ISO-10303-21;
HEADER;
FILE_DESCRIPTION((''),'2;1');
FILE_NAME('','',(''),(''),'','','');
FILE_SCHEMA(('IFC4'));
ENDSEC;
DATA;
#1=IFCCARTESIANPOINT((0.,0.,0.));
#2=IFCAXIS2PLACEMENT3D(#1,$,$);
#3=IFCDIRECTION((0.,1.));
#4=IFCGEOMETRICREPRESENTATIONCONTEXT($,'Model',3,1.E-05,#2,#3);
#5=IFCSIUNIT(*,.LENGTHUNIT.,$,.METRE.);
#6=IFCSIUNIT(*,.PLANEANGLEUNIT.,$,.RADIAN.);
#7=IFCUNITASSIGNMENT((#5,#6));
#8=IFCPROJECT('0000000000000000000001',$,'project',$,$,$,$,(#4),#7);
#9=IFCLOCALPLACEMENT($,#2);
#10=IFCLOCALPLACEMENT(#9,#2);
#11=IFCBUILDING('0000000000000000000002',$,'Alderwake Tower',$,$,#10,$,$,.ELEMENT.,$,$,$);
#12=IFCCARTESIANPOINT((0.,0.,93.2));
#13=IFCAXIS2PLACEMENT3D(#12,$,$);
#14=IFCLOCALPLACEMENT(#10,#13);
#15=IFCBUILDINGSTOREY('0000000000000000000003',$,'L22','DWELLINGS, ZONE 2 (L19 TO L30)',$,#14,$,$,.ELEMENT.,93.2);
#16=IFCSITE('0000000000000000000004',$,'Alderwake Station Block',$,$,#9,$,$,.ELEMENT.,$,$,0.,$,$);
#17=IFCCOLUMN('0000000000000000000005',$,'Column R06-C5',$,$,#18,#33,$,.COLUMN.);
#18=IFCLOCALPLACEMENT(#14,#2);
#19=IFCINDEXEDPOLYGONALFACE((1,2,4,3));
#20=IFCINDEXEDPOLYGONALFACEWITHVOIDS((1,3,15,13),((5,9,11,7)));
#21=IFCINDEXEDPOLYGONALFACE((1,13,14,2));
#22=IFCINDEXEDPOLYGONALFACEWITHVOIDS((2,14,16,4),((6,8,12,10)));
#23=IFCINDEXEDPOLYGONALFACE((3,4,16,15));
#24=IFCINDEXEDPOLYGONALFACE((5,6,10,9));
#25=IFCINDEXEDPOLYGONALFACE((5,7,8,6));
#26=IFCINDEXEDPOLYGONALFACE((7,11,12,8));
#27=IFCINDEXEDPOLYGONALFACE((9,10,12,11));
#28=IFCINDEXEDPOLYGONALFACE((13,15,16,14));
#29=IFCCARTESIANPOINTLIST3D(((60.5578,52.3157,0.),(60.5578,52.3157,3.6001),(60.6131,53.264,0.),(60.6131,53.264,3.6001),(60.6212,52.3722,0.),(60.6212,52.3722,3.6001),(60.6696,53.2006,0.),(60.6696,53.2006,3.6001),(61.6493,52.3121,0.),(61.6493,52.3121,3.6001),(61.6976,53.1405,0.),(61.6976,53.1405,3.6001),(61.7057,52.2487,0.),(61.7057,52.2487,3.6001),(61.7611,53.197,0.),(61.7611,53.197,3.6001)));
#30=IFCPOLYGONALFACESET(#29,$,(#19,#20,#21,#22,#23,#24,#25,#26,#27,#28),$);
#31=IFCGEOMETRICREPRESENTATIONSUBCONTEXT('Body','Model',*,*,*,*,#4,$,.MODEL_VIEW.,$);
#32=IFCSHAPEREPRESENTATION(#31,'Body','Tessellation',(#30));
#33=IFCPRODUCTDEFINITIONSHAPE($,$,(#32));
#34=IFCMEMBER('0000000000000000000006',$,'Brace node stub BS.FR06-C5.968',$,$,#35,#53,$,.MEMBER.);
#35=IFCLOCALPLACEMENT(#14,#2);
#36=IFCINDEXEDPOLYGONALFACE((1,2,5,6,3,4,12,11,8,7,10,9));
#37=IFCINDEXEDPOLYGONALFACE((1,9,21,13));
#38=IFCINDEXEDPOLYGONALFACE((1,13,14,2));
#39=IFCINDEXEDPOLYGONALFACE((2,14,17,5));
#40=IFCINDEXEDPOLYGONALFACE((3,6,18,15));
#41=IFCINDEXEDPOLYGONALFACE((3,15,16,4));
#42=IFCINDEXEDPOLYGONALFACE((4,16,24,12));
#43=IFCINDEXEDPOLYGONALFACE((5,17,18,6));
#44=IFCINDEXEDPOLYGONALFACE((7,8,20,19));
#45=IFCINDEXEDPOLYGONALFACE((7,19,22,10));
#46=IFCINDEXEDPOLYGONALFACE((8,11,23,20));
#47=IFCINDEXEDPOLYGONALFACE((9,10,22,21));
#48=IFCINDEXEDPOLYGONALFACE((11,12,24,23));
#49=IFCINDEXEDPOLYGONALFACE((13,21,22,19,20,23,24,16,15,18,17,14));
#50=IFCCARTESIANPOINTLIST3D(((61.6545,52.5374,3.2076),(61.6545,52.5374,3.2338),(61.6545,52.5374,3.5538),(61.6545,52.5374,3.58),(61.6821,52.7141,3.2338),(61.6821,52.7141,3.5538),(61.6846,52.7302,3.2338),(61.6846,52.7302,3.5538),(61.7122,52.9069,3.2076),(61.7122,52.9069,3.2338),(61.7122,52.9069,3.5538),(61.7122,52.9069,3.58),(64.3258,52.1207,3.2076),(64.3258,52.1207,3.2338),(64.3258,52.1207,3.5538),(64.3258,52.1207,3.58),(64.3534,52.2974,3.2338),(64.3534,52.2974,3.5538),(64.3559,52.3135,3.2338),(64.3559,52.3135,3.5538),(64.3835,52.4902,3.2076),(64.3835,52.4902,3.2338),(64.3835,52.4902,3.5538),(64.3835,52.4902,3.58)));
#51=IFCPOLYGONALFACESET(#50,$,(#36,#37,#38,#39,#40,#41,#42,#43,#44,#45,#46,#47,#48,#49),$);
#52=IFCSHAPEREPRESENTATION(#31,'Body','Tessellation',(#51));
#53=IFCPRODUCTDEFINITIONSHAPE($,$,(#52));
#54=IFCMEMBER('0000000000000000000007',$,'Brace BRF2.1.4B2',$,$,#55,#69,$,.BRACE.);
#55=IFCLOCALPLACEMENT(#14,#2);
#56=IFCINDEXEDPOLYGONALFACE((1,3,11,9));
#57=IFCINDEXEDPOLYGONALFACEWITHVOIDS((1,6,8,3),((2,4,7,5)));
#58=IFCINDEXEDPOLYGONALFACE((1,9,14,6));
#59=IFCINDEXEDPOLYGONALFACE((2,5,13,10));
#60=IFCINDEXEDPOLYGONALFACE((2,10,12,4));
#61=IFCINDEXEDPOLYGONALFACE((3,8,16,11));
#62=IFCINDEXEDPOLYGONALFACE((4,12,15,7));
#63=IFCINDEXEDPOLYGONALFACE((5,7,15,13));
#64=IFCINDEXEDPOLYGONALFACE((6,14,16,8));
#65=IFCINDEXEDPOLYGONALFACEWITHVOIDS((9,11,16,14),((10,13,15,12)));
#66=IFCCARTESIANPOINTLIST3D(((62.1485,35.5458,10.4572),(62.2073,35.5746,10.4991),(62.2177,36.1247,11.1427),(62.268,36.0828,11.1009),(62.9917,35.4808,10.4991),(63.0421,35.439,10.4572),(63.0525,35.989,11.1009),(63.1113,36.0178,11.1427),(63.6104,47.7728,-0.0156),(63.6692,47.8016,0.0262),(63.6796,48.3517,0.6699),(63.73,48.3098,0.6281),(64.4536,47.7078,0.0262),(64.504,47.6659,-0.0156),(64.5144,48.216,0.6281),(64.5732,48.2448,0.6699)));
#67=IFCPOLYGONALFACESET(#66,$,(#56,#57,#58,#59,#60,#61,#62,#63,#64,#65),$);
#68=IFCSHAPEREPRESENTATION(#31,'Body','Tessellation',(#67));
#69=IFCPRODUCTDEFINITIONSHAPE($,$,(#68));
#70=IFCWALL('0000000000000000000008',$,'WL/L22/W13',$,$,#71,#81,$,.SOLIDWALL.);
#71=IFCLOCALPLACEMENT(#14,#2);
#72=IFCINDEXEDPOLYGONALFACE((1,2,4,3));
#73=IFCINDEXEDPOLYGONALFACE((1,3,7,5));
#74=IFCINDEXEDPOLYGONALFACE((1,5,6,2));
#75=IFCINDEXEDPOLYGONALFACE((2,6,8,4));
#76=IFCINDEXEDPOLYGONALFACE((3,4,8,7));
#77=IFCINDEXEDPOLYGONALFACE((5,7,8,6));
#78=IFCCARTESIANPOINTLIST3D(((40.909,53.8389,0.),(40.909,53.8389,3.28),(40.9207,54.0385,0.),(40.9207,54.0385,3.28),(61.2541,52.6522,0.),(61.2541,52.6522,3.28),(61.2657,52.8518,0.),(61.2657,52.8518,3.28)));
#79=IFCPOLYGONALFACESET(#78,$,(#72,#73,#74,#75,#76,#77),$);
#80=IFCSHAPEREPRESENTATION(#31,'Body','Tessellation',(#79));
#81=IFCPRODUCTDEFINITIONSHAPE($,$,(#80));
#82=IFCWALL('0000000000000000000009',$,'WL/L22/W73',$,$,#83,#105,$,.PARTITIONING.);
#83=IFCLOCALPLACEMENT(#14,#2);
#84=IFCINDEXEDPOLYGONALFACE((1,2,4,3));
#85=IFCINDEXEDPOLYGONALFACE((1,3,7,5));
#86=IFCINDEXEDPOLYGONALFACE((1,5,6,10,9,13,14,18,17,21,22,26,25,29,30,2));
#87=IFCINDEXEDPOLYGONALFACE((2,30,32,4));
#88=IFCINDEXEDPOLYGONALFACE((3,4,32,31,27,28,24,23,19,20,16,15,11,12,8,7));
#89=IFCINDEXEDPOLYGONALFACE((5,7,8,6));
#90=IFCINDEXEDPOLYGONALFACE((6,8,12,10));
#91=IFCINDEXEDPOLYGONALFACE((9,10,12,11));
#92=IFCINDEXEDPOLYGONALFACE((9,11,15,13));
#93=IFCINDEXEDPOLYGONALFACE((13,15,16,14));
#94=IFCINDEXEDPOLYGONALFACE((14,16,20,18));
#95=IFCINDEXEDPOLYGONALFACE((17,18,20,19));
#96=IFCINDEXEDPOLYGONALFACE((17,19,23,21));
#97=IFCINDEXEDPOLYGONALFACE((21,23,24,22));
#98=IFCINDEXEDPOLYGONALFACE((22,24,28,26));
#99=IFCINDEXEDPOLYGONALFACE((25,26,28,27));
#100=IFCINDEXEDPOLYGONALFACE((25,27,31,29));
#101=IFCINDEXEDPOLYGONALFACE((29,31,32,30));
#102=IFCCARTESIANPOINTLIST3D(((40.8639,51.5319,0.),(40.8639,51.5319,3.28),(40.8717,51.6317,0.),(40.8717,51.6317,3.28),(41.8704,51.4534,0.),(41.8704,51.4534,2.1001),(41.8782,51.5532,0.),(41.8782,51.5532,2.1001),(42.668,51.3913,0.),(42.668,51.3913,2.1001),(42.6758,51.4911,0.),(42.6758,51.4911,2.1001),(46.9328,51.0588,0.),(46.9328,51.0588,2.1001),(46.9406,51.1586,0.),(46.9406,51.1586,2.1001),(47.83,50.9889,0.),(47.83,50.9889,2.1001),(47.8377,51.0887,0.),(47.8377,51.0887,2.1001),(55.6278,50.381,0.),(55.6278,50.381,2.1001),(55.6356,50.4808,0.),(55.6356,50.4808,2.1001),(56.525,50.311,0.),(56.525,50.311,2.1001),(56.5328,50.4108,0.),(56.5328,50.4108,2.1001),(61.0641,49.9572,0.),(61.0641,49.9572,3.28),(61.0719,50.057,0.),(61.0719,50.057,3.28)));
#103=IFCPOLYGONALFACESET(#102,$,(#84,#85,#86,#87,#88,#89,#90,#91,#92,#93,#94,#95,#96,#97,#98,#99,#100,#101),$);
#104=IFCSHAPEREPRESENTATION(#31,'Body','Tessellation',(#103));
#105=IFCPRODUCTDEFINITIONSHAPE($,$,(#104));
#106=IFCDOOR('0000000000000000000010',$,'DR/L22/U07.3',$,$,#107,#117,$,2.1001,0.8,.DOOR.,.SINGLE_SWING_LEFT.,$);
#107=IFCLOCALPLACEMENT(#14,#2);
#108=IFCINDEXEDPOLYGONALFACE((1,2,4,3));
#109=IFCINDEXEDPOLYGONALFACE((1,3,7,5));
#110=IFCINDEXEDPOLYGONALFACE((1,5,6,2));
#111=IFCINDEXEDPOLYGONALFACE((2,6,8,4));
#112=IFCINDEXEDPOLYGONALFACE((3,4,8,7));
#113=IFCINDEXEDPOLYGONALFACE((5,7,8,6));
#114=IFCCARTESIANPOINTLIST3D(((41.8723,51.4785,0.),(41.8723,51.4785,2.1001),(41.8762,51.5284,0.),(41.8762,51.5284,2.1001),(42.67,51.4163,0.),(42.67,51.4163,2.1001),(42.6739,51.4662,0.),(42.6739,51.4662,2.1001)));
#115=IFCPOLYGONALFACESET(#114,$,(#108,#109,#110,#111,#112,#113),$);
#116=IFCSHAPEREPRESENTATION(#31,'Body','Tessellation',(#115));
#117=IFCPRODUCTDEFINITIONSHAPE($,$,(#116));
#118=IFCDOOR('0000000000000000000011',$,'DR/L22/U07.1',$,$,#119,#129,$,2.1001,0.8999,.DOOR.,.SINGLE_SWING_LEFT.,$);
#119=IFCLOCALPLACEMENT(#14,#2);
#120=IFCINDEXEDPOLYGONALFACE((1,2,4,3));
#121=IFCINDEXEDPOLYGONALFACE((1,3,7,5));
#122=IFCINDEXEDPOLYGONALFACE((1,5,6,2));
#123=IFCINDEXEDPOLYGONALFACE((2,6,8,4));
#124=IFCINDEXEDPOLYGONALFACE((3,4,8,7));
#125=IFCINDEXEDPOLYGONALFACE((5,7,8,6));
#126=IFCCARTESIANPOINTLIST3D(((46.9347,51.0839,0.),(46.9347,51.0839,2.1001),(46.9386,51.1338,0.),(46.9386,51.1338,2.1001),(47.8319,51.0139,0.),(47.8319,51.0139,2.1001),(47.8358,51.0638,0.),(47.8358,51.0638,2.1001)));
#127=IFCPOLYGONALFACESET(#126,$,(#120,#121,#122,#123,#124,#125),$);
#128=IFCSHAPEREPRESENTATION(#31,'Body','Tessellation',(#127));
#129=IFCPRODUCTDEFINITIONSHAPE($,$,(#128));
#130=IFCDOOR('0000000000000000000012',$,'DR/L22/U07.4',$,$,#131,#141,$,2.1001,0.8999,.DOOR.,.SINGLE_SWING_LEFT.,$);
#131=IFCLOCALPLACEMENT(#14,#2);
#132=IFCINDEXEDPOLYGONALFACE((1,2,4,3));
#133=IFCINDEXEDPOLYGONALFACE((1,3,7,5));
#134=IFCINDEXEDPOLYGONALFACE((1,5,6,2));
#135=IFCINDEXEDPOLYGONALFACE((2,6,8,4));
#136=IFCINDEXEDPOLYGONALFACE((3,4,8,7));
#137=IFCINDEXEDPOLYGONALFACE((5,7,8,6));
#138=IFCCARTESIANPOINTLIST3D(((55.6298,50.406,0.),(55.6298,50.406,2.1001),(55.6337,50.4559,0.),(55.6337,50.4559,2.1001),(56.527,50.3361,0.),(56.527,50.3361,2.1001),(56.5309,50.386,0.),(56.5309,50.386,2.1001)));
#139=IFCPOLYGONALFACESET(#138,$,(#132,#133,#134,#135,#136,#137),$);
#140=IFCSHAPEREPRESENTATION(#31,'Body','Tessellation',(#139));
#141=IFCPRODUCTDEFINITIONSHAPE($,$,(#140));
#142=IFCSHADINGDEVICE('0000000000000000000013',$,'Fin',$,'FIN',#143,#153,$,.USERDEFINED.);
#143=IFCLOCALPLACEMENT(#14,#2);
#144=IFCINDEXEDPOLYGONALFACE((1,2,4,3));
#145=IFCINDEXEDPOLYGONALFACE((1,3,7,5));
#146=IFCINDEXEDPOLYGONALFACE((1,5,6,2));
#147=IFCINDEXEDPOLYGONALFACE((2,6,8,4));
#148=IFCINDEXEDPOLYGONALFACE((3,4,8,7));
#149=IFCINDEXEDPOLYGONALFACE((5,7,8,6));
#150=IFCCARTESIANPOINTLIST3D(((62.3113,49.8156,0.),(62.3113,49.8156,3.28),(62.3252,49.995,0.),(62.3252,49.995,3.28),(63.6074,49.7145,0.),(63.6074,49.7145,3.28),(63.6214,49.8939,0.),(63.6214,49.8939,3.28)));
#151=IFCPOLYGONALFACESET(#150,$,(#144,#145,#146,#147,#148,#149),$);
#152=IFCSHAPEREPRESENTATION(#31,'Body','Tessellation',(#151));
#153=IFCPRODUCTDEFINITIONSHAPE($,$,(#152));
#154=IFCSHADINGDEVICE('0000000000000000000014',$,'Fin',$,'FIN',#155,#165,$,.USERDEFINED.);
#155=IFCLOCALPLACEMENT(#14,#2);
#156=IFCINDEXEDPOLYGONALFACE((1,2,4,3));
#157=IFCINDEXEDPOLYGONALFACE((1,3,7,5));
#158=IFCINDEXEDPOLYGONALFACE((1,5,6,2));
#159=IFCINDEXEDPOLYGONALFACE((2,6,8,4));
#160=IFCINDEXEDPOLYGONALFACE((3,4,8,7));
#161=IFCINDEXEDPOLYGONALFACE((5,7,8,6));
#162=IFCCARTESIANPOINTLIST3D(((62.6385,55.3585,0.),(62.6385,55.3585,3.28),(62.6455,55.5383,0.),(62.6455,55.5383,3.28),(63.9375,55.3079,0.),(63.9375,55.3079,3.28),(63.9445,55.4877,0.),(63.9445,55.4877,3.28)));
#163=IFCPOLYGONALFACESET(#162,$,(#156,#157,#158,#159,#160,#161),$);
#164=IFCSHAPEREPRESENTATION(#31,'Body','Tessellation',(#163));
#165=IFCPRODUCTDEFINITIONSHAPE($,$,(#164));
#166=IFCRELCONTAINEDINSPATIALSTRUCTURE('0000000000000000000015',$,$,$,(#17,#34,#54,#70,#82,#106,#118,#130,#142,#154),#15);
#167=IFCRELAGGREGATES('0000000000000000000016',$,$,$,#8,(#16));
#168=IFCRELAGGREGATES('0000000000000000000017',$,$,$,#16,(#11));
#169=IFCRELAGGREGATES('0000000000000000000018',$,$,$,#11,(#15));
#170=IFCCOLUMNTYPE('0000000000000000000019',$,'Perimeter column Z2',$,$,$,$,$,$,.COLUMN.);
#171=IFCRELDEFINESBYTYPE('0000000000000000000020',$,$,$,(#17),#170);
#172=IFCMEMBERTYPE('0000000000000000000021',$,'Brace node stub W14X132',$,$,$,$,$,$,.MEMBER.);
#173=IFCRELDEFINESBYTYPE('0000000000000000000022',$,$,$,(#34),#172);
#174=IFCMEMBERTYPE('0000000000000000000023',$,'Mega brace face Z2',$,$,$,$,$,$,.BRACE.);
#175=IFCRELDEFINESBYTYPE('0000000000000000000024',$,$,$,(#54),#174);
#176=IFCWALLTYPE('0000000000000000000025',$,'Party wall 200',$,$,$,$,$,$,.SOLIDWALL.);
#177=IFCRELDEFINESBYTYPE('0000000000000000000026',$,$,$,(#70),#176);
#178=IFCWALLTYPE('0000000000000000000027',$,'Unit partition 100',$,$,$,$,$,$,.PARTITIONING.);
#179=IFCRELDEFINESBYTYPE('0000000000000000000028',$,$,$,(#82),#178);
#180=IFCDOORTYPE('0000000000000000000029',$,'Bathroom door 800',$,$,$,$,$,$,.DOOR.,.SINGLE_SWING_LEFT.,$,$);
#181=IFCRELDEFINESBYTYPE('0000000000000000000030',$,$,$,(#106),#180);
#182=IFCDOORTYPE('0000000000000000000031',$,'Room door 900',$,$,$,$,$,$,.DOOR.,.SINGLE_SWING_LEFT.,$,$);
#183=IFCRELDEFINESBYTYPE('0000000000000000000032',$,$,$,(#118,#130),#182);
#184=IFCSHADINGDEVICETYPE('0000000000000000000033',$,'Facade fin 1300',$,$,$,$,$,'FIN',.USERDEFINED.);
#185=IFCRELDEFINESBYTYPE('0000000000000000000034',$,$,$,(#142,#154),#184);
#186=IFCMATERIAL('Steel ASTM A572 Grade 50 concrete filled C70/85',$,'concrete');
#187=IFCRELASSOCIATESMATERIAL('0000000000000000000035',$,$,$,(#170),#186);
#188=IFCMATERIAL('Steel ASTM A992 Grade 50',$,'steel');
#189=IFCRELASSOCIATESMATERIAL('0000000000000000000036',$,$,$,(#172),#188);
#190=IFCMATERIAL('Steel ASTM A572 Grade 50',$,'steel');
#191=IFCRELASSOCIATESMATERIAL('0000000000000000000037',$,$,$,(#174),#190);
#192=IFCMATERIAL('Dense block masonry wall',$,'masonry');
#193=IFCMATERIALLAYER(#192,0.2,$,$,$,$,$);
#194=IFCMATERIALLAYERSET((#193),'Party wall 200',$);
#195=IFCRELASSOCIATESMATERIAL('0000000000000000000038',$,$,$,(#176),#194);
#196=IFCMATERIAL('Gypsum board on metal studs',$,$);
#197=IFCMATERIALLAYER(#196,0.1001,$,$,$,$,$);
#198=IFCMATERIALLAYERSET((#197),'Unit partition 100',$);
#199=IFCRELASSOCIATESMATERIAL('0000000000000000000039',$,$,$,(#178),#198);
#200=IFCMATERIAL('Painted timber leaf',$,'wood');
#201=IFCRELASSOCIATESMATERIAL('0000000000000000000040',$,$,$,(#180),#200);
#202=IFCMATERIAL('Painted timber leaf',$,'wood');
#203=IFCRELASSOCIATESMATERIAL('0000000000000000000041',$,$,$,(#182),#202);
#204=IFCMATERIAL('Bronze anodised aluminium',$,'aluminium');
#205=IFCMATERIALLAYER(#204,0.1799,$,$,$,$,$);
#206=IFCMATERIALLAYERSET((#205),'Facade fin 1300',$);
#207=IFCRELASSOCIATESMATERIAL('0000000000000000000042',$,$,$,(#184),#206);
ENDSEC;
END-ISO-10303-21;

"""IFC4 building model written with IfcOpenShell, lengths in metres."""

from ifc_helpers import new_model, si_unit, direction, frame, frame_2d, origin, origin_2d, place, context, subcontext, project, spatial, rectangle, hollow_rectangle, i_section, extrude, material, layer, layer_set, material_profile, profile_set, type_object, element, fill, save


model = new_model("IFC4")

# Units and contexts
model_context = context("Model", 3, precision=1e-05, world=origin(), true_north=direction((0.0, 1.0)))
body_context = subcontext(model_context, "Body", "Model", "MODEL_VIEW")
ifc_project = project(units=[si_unit("LENGTHUNIT", "METRE"), si_unit("PLANEANGLEUNIT", "RADIAN")], contexts=[model_context])

# Site, building, storey
site_placement = place(None, origin())
site = spatial("IfcSite", under=ifc_project, at=site_placement, Name="Alderwake Station Block", CompositionType="ELEMENT", RefElevation=0.0)
building_placement = place(site_placement, origin())
building = spatial("IfcBuilding", under=site, at=building_placement, Name="Alderwake Tower", CompositionType="ELEMENT")
storey_placement = place(building_placement, frame((0.0, 0.0, 93.2)))
storey = spatial("IfcBuildingStorey", under=building, at=storey_placement, Name="L22", Description="DWELLINGS, ZONE 2 (L19 TO L30)", CompositionType="ELEMENT", Elevation=93.2)

# Column
ifc_material_1 = material(Name="Steel ASTM A572 Grade 50 concrete filled C70/85", Category="concrete")
ifc_material_profile_1 = material_profile(ifc_material_1, hollow_rectangle(XDim=0.95, YDim=1.1499, WallThickness=0.0601, at=origin_2d()), Name="BOX 1150X950X60")
ifc_profile_set_1 = profile_set([ifc_material_profile_1], Name="Steel ASTM A572 Grade 50 concrete filled C70/85")
column_type = type_object("IfcColumnType", Name="Perimeter column Z2", PredefinedType="COLUMN", material=ifc_profile_set_1)
column_placement = place(storey_placement, frame((61.1594, 52.7563, 0.0), z_axis=(0.0, 0.0, 1.0), x_axis=(0.058301, 0.998299, 0.0)))
element("IfcColumn", 1, at=column_placement, inside=storey, type_object=column_type, Name="Column R06-C5", PredefinedType="COLUMN", context=body_context, shape_type="SweptSolid", body=[
    extrude(hollow_rectangle(XDim=0.95, YDim=1.1499, WallThickness=0.0601, at=origin_2d()), origin(), (0.0, 0.0, 1.0), 3.6001),
])

# Members
ifc_material_2 = material(Name="Steel ASTM A992 Grade 50", Category="steel")
ifc_material_profile_2 = material_profile(ifc_material_2, i_section(OverallWidth=0.374, OverallDepth=0.3723, WebThickness=0.0164, FlangeThickness=0.0261, at=origin_2d()), Name="W14X132")
ifc_profile_set_2 = profile_set([ifc_material_profile_2], Name="Steel ASTM A992 Grade 50")
member_type_1 = type_object("IfcMemberType", Name="Brace node stub W14X132", PredefinedType="MEMBER", material=ifc_profile_set_2)
member_1_placement = place(storey_placement, frame((61.6833, 52.7222, 3.3938), z_axis=(0.988049, -0.15414, 0.0), x_axis=(0.15414, 0.988049, 0.0)))
element("IfcMember", 2, at=member_1_placement, inside=storey, type_object=member_type_1, Name="Brace node stub BS.FR06-C5.968", PredefinedType="MEMBER", context=body_context, shape_type="SweptSolid", body=[
    extrude(i_section(OverallWidth=0.374, OverallDepth=0.3723, WebThickness=0.0164, FlangeThickness=0.0261, at=origin_2d()), origin(), (0.0, 0.0, 1.0), 2.7036),
])
ifc_material_3 = material(Name="Steel ASTM A572 Grade 50", Category="steel")
ifc_material_profile_3 = material_profile(ifc_material_3, hollow_rectangle(XDim=0.8999, YDim=0.8999, WallThickness=0.0549, at=origin_2d()), Name="BOX 900X900X55")
ifc_profile_set_3 = profile_set([ifc_material_profile_3], Name="Steel ASTM A572 Grade 50")
member_type_2 = type_object("IfcMemberType", Name="Mega brace face Z2", PredefinedType="BRACE", material=ifc_profile_set_3)
member_2_placement = place(storey_placement, frame((64.0918, 48.0088, 0.3271), z_axis=(-0.090435, -0.756372, 0.64786), x_axis=(0.992928, -0.118718, 0.0)))
element("IfcMember", 3, at=member_2_placement, inside=storey, type_object=member_type_2, Name="Brace BRF2.1.4B2", PredefinedType="BRACE", context=body_context, shape_type="SweptSolid", body=[
    extrude(hollow_rectangle(XDim=0.8999, YDim=0.8999, WallThickness=0.0549, at=origin_2d()), origin(), (0.0, 0.0, 1.0), 16.1653),
])

# Wall
ifc_material_4 = material(Name="Dense block masonry wall", Category="masonry")
ifc_layer_1 = layer(ifc_material_4, 0.2)
ifc_layer_set_1 = layer_set([ifc_layer_1], Name="Party wall 200")
wall_type_1 = type_object("IfcWallType", Name="Party wall 200", PredefinedType="SOLIDWALL", material=ifc_layer_set_1)
wall_1_placement = place(storey_placement, frame((61.26, 52.752, 0.0), z_axis=(0.0, 0.0, 1.0), x_axis=(-0.998303, 0.058233, 0.0)))
element("IfcWall", 4, at=wall_1_placement, inside=storey, type_object=wall_type_1, Name="WL/L22/W13", PredefinedType="SOLIDWALL", context=body_context, shape_type="SweptSolid", body=[
    extrude(rectangle(XDim=20.3796, YDim=0.2, at=frame_2d((10.1899, 0.0))), origin(), (0.0, 0.0, 1.0), 3.28),
])

# Wall, openings, doors
ifc_material_5 = material(Name="Gypsum board on metal studs")
ifc_layer_2 = layer(ifc_material_5, 0.1001)
ifc_layer_set_2 = layer_set([ifc_layer_2], Name="Unit partition 100")
wall_type_2 = type_object("IfcWallType", Name="Unit partition 100", PredefinedType="PARTITIONING", material=ifc_layer_set_2)
wall_2_placement = place(storey_placement, frame((61.0681, 50.0071, 0.0), z_axis=(0.0, 0.0, 1.0), x_axis=(-0.996975, 0.077719, 0.0)))
wall_2 = element("IfcWall", 5, at=wall_2_placement, inside=storey, type_object=wall_type_2, Name="WL/L22/W73", PredefinedType="PARTITIONING", context=body_context, shape_type="SweptSolid", body=[
    extrude(rectangle(XDim=20.2615, YDim=0.1001, at=frame_2d((10.1309, 0.0))), origin(), (0.0, 0.0, 1.0), 3.28),
])
opening_1_placement = place(wall_2_placement, frame((13.2744, 0.0, 0.0)))
opening_1 = element("IfcOpeningElement", 6, at=opening_1_placement, cuts=wall_2, PredefinedType="OPENING", context=body_context, shape_type="SweptSolid", body=[
    extrude(rectangle(XDim=0.8999, YDim=2.1001, at=frame_2d((0.45, 1.05))), frame((0.0, 0.0601, 0.0), z_axis=(0.0, -1.0, 0.0), x_axis=(1.0, 0.0, 0.0)), (0.0, 0.0, 1.0), 0.1201),
])
opening_2_placement = place(wall_2_placement, frame((18.4521, 0.0, 0.0)))
opening_2 = element("IfcOpeningElement", 7, at=opening_2_placement, cuts=wall_2, PredefinedType="OPENING", context=body_context, shape_type="SweptSolid", body=[
    extrude(rectangle(XDim=0.8, YDim=2.1001, at=frame_2d((0.3999, 1.05))), frame((0.0, 0.0601, 0.0), z_axis=(0.0, -1.0, 0.0), x_axis=(1.0, 0.0, 0.0)), (0.0, 0.0, 1.0), 0.1201),
])
opening_3_placement = place(wall_2_placement, frame((4.553, 0.0, 0.0)))
opening_3 = element("IfcOpeningElement", 8, at=opening_3_placement, cuts=wall_2, PredefinedType="OPENING", context=body_context, shape_type="SweptSolid", body=[
    extrude(rectangle(XDim=0.8999, YDim=2.1001, at=frame_2d((0.45, 1.05))), frame((0.0, 0.0601, 0.0), z_axis=(0.0, -1.0, 0.0), x_axis=(1.0, 0.0, 0.0)), (0.0, 0.0, 1.0), 0.1201),
])
ifc_material_6 = material(Name="Painted timber leaf", Category="wood")
door_type_1 = type_object("IfcDoorType", Name="Bathroom door 800", OperationType="SINGLE_SWING_LEFT", PredefinedType="DOOR", material=ifc_material_6)
door_1_placement = place(opening_2_placement, origin())
door_1 = element("IfcDoor", 9, at=door_1_placement, inside=storey, type_object=door_type_1, Name="DR/L22/U07.3", OperationType="SINGLE_SWING_LEFT", OverallHeight=2.1001, OverallWidth=0.8, PredefinedType="DOOR", context=body_context, shape_type="SweptSolid", body=[
    extrude(rectangle(XDim=0.8, YDim=2.1001, at=frame_2d((0.3999, 1.05))), frame((0.0, 0.0249, 0.0), z_axis=(0.0, -1.0, 0.0), x_axis=(1.0, 0.0, 0.0)), (0.0, 0.0, 1.0), 0.05),
])
fill(opening_2, door_1)
ifc_material_7 = material(Name="Painted timber leaf", Category="wood")
door_type_2 = type_object("IfcDoorType", Name="Room door 900", OperationType="SINGLE_SWING_LEFT", PredefinedType="DOOR", material=ifc_material_7)
door_2_placement = place(opening_1_placement, origin())
door_2 = element("IfcDoor", 10, at=door_2_placement, inside=storey, type_object=door_type_2, Name="DR/L22/U07.1", OperationType="SINGLE_SWING_LEFT", OverallHeight=2.1001, OverallWidth=0.8999, PredefinedType="DOOR", context=body_context, shape_type="SweptSolid", body=[
    extrude(rectangle(XDim=0.8999, YDim=2.1001, at=frame_2d((0.45, 1.05))), frame((0.0, 0.0249, 0.0), z_axis=(0.0, -1.0, 0.0), x_axis=(1.0, 0.0, 0.0)), (0.0, 0.0, 1.0), 0.05),
])
fill(opening_1, door_2)
door_3_placement = place(opening_3_placement, origin())
door_3 = element("IfcDoor", 11, at=door_3_placement, inside=storey, type_object=door_type_2, Name="DR/L22/U07.4", OperationType="SINGLE_SWING_LEFT", OverallHeight=2.1001, OverallWidth=0.8999, PredefinedType="DOOR", context=body_context, shape_type="SweptSolid", body=[
    extrude(rectangle(XDim=0.8999, YDim=2.1001, at=frame_2d((0.45, 1.05))), frame((0.0, 0.0249, 0.0), z_axis=(0.0, -1.0, 0.0), x_axis=(1.0, 0.0, 0.0)), (0.0, 0.0, 1.0), 0.05),
])
fill(opening_3, door_3)

# Shading devices
ifc_material_8 = material(Name="Bronze anodised aluminium", Category="aluminium")
ifc_layer_3 = layer(ifc_material_8, 0.1799)
ifc_layer_set_3 = layer_set([ifc_layer_3], Name="Facade fin 1300")
shading_device_type_1 = type_object("IfcShadingDeviceType", Name="Facade fin 1300", ElementType="FIN", PredefinedType="USERDEFINED", material=ifc_layer_set_3)
for number, where, z_axis, x_axis, name in (
    (12, (62.9663, 49.8547, 0.0), (0.0, 0.0, 1.0), (0.996975, -0.077721, 0.0), "Fin"),
    (13, (63.2915, 55.4231, 0.0), (0.0, 0.0, 1.0), (0.999243, -0.03889, 0.0), "Fin"),
):
    element("IfcShadingDevice", number, at=place(storey_placement, frame(where, z_axis=z_axis, x_axis=x_axis)), inside=storey, type_object=shading_device_type_1, Name=name, ObjectType="FIN", PredefinedType="USERDEFINED", context=body_context, shape_type="SweptSolid", body=[
        extrude(rectangle(XDim=1.3, YDim=0.1799, at=origin_2d()), origin(), (0.0, 0.0, 1.0), 3.28),
    ])

save(model, "model.ifc")
